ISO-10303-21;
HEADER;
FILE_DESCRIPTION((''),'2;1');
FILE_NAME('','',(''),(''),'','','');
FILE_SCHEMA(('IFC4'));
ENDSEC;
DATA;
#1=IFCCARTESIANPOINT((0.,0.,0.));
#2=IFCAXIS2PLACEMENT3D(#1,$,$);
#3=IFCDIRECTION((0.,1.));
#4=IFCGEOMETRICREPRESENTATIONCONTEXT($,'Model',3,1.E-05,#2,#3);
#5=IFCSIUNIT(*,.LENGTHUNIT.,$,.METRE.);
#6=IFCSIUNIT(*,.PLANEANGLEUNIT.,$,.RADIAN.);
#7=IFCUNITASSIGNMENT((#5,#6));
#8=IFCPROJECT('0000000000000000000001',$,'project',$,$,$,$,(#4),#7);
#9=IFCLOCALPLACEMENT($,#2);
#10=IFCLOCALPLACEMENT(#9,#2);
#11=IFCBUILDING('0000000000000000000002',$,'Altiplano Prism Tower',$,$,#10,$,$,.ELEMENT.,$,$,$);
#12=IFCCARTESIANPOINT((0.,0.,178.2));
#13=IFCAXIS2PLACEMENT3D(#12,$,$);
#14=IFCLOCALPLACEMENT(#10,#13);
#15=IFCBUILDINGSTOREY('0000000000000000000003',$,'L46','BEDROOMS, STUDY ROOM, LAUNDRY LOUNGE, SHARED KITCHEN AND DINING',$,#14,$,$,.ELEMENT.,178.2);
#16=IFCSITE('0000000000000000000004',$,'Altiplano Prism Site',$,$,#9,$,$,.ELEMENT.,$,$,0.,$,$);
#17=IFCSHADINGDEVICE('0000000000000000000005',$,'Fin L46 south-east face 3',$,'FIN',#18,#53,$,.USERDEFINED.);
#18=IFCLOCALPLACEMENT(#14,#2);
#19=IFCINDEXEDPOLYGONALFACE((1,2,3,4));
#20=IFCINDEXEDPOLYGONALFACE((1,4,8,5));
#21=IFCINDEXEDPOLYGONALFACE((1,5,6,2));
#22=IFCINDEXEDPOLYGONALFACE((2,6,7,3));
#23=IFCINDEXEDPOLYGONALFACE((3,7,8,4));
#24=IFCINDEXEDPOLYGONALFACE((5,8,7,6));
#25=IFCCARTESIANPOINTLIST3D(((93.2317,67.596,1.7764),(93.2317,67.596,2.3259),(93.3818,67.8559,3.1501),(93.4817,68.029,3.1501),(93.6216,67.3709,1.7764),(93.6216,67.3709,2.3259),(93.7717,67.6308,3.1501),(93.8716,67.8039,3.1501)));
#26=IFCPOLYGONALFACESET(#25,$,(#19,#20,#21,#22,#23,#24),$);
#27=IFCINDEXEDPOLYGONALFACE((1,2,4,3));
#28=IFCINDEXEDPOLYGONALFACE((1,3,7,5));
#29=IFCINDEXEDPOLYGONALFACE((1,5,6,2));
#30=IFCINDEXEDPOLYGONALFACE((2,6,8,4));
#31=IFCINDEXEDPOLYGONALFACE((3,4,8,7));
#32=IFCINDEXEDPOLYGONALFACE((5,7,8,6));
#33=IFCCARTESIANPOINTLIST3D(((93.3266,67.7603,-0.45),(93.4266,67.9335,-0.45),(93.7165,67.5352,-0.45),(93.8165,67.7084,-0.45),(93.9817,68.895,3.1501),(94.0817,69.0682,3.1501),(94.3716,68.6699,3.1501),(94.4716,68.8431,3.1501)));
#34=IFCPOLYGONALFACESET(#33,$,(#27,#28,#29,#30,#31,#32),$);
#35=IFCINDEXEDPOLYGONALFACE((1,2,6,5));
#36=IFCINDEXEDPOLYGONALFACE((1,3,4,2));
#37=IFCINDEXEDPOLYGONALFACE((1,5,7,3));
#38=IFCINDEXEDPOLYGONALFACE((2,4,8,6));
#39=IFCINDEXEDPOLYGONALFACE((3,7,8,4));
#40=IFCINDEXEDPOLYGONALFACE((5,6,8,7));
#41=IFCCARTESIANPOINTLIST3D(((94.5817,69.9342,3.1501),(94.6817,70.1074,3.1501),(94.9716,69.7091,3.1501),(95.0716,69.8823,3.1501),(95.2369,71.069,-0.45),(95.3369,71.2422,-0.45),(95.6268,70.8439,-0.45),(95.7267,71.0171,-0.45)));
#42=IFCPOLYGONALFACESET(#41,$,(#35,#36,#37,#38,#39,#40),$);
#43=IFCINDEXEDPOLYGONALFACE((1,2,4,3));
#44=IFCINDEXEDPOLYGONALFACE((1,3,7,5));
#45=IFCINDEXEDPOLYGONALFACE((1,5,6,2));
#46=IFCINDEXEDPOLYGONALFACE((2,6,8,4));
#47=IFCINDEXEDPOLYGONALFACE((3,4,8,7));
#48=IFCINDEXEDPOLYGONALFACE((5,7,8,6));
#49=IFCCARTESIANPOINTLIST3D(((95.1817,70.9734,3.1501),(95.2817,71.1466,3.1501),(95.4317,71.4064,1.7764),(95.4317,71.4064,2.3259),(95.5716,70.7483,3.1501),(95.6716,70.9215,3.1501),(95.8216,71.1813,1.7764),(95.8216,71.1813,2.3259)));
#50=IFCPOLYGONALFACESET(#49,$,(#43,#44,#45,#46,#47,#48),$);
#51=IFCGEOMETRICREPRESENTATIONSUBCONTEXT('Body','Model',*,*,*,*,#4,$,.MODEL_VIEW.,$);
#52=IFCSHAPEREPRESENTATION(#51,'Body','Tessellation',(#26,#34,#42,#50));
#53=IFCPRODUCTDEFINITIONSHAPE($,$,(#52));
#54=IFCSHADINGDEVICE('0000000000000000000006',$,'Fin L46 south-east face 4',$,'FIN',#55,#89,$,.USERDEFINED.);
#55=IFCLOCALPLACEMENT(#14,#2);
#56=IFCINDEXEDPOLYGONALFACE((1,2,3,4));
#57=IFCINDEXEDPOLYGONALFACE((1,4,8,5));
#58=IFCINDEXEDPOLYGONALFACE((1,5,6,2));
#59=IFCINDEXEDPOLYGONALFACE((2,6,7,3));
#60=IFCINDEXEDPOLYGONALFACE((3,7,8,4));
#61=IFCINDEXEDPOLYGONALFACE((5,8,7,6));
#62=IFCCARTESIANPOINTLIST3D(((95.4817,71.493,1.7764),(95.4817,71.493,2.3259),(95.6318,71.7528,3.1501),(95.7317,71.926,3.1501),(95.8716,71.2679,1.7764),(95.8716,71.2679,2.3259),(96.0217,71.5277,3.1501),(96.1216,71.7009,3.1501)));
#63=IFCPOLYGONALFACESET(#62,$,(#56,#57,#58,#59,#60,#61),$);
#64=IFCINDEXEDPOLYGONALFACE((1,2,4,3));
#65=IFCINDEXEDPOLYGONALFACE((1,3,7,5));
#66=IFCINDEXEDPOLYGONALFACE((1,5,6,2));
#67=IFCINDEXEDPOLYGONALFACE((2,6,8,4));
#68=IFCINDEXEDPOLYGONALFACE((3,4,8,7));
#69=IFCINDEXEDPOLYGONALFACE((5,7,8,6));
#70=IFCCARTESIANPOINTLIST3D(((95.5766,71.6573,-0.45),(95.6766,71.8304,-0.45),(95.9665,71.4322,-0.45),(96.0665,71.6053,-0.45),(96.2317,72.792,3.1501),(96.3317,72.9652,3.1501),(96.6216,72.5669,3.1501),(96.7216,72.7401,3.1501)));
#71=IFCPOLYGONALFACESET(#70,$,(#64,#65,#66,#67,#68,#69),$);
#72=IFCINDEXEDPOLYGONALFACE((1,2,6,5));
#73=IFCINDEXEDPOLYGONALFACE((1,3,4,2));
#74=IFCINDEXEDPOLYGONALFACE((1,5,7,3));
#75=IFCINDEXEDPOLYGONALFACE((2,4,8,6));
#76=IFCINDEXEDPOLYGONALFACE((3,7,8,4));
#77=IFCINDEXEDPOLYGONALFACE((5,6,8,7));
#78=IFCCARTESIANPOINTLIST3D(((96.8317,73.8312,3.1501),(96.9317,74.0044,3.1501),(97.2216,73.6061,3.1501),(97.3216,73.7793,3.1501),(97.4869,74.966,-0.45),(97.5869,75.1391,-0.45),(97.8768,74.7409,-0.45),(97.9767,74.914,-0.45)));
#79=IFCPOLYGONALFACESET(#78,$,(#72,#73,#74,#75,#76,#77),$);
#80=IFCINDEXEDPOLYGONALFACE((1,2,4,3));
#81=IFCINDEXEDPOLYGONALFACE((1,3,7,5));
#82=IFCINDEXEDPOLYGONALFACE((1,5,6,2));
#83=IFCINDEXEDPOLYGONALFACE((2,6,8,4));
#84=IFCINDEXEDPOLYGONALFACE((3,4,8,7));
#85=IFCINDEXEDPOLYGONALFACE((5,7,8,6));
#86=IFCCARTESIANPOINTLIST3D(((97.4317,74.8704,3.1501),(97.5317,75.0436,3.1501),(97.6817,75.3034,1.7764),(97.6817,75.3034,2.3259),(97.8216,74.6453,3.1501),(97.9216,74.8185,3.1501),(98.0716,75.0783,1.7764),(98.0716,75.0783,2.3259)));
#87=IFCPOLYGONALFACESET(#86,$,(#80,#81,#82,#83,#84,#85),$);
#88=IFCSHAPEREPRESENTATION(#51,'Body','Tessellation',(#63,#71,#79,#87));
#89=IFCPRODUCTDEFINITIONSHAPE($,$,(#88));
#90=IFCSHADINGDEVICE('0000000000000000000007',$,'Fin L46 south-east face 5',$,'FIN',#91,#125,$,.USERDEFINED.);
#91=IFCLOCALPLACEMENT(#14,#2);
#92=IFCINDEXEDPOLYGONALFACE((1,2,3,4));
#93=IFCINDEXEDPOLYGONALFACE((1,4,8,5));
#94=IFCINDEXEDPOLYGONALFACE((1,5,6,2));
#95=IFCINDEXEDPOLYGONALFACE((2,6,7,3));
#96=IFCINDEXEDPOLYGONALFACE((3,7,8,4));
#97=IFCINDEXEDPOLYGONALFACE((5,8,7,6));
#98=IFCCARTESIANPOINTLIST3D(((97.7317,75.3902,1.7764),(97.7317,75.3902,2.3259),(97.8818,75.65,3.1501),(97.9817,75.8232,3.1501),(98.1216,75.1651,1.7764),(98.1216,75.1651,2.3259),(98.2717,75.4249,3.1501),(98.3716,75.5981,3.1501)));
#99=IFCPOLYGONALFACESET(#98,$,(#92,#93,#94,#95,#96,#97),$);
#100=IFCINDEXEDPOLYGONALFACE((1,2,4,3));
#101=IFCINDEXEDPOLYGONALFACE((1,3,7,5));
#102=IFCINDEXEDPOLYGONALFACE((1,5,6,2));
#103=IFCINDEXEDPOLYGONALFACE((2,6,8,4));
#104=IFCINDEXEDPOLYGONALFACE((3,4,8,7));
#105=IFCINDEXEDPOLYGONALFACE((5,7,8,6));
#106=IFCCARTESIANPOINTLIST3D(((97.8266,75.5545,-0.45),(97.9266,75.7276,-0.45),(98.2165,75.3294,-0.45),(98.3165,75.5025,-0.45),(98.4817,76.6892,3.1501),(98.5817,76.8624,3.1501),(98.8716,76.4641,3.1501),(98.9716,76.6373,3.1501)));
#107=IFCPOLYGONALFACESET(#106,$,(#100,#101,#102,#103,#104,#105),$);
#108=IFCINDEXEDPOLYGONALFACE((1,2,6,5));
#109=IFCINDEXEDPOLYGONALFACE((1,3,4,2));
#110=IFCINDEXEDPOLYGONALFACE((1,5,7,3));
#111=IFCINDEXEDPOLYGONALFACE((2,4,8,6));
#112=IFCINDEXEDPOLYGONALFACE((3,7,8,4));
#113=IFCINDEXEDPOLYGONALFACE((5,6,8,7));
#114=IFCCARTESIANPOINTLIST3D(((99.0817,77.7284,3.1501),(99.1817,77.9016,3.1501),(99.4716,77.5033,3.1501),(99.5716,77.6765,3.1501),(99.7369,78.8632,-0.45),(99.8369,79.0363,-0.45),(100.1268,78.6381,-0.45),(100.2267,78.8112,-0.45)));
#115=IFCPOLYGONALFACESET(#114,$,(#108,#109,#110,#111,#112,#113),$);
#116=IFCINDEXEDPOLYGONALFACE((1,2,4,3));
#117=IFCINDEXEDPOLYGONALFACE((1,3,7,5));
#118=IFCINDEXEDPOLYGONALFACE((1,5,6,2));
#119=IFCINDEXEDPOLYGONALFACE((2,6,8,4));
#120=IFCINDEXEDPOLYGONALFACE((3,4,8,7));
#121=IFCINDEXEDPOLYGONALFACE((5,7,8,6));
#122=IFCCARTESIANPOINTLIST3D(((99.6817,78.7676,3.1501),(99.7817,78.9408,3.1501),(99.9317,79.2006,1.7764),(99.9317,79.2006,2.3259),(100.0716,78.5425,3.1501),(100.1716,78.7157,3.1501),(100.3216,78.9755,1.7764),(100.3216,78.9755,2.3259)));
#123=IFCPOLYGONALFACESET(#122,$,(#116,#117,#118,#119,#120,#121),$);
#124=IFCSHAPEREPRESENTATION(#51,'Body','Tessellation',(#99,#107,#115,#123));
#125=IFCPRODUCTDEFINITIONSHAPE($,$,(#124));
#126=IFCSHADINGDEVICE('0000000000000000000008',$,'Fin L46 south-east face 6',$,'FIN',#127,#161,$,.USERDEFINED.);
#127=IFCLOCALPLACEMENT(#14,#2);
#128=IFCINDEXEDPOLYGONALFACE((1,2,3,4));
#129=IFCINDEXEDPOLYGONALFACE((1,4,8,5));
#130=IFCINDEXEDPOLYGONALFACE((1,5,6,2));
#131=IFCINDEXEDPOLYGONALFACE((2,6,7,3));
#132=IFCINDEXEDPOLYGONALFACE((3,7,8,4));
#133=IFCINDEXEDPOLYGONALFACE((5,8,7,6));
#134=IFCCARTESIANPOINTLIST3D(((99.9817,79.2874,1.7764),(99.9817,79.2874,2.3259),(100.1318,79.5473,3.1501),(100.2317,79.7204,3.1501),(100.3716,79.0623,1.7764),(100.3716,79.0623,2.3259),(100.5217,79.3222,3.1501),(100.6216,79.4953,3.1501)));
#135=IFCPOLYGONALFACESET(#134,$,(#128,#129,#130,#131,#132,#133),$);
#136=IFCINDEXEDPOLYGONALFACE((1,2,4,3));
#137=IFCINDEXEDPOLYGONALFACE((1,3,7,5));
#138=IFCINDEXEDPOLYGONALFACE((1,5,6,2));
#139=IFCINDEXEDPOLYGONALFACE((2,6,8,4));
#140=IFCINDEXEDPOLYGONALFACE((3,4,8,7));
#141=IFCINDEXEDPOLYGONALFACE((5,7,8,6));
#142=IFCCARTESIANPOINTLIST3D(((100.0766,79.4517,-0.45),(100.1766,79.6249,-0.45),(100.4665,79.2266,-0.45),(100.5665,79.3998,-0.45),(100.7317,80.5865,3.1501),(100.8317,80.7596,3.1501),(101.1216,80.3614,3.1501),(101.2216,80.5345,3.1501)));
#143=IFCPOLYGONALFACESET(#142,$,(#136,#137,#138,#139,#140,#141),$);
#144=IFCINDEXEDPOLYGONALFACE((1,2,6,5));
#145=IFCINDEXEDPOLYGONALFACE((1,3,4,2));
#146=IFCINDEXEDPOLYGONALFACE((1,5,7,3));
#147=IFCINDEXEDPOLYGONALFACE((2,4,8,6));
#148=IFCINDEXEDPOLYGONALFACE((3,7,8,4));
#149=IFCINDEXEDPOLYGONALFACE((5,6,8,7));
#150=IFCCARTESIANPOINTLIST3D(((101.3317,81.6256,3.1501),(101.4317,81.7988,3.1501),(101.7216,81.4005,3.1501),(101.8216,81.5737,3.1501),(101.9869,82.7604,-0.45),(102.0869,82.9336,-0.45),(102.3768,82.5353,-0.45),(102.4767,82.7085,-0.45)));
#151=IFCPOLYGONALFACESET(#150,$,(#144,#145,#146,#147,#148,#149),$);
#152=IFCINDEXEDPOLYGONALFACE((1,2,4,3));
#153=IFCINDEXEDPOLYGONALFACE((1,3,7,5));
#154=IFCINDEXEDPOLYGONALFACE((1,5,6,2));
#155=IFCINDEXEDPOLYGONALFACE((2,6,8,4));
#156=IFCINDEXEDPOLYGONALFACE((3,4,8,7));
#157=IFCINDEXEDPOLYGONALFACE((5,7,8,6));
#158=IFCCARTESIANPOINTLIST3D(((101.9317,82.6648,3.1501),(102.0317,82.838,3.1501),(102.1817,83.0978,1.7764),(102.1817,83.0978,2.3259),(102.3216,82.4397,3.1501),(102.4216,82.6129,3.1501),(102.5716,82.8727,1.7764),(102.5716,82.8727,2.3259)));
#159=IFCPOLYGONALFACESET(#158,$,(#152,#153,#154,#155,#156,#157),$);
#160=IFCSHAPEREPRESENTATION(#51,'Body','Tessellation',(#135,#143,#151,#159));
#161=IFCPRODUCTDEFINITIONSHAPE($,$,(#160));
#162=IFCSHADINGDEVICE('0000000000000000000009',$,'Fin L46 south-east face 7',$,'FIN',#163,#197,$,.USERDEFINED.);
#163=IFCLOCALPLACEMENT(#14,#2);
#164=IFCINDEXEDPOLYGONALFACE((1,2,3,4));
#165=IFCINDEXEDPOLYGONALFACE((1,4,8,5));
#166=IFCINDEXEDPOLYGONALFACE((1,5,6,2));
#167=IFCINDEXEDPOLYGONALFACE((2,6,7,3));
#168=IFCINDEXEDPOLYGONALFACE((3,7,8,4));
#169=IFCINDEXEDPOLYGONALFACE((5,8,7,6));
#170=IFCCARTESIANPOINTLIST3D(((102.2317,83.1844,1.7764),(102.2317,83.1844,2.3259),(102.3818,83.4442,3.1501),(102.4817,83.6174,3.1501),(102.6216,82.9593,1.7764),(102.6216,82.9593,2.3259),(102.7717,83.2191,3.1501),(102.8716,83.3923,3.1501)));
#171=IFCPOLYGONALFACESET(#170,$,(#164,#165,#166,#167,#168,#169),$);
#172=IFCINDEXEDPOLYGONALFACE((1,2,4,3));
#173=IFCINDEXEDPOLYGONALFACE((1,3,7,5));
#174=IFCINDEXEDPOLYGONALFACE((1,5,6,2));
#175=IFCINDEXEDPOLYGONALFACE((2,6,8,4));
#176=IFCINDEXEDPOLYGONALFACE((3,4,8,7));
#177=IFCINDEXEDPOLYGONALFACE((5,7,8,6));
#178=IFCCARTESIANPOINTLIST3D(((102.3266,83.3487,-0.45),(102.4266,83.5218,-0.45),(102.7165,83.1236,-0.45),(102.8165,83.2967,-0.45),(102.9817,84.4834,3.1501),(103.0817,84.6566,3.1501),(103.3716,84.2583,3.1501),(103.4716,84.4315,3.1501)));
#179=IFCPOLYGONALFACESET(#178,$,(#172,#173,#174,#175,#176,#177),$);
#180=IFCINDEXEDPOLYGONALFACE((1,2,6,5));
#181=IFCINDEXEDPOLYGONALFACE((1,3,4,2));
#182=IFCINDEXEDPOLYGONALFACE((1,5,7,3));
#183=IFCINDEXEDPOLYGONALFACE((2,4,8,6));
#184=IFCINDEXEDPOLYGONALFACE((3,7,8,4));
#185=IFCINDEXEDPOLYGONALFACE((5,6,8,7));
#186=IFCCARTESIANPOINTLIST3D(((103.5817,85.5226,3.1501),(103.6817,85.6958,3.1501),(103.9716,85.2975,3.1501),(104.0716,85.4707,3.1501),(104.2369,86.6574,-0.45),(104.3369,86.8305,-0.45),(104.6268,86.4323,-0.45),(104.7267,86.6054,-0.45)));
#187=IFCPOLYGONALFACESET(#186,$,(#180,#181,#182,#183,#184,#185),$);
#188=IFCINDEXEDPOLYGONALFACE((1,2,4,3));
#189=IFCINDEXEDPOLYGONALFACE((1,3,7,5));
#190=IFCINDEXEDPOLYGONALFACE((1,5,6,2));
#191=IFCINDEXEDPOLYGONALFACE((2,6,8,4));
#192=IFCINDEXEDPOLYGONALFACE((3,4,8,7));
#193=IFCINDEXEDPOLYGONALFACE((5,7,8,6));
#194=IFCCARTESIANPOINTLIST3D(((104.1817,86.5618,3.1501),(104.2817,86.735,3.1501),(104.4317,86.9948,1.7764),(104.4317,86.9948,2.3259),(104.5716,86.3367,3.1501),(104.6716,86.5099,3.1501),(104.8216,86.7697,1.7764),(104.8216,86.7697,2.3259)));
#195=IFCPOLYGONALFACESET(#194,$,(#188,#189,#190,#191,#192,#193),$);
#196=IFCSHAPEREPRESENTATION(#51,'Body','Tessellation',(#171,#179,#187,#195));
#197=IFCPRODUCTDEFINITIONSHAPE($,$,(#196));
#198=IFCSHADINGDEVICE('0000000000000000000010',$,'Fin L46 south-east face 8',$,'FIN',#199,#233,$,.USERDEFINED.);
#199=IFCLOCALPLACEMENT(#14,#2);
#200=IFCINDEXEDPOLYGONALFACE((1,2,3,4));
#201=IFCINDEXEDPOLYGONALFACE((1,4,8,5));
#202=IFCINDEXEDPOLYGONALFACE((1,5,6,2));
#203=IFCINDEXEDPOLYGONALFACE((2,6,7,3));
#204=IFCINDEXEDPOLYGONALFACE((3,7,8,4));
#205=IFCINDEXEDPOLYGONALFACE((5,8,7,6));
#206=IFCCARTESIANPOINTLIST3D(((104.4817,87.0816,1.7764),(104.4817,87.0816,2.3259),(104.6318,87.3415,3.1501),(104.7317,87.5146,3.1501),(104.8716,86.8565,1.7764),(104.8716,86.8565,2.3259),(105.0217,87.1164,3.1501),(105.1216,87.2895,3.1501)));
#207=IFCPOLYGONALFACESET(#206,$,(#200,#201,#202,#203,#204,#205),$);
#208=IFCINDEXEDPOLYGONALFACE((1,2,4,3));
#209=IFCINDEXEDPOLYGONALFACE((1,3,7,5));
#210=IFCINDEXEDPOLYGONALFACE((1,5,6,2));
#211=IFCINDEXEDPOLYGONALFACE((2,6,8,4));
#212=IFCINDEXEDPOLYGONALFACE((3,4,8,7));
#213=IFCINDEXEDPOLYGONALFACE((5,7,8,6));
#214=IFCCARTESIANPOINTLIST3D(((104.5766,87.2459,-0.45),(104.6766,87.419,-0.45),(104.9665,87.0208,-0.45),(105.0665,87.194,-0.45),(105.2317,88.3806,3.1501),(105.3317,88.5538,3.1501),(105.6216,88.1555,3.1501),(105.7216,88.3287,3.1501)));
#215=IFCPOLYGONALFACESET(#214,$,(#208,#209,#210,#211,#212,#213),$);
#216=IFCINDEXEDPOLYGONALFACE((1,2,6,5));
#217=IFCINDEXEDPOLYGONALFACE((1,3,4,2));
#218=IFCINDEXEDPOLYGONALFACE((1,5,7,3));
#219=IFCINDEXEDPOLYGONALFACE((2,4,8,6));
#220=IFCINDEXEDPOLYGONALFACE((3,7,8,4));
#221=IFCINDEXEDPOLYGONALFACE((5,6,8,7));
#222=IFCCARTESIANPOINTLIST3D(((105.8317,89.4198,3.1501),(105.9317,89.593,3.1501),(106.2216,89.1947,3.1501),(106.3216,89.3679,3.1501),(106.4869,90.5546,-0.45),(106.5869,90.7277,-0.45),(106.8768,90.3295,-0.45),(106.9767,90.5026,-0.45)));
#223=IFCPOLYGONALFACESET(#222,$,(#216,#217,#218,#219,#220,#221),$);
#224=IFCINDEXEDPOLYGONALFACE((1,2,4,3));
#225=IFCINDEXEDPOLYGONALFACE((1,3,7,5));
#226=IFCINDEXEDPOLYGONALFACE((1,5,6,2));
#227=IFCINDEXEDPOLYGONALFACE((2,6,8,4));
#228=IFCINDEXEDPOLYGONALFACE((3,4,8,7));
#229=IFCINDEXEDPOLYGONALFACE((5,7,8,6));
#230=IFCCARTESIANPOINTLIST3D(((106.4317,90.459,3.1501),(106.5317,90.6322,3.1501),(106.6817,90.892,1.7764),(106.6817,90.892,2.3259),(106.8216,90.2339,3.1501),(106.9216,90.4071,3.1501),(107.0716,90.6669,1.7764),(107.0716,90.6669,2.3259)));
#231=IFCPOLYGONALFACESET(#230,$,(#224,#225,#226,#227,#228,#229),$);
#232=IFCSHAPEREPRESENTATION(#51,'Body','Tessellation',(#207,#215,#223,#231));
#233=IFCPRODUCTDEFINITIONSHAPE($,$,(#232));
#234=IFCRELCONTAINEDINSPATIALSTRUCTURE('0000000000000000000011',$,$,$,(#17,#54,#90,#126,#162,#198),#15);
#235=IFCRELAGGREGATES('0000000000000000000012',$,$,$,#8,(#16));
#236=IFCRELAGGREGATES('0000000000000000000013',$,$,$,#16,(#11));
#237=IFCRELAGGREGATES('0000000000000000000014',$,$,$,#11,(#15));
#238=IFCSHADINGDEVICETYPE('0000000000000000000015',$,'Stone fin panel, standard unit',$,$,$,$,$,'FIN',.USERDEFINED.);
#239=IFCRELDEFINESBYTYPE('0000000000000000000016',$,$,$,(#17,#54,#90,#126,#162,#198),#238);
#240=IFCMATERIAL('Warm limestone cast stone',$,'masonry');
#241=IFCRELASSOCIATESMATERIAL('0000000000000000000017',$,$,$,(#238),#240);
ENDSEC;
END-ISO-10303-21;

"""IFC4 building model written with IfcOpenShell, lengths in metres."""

from ifc_helpers import new_model, si_unit, direction, frame, origin, place, context, subcontext, project, spatial, polyline, outline, extrude, source, transform, mapped, material, type_object, element, save


model = new_model("IFC4")

# Units and contexts
model_context = context("Model", 3, precision=1e-05, world=origin(), true_north=direction((0.0, 1.0)))
body_context = subcontext(model_context, "Body", "Model", "MODEL_VIEW")
ifc_project = project(units=[si_unit("LENGTHUNIT", "METRE"), si_unit("PLANEANGLEUNIT", "RADIAN")], contexts=[model_context])

# Site, building, storey
site_placement = place(None, origin())
site = spatial("IfcSite", under=ifc_project, at=site_placement, Name="Altiplano Prism Site", CompositionType="ELEMENT", RefElevation=0.0)
building_placement = place(site_placement, origin())
building = spatial("IfcBuilding", under=site, at=building_placement, Name="Altiplano Prism Tower", CompositionType="ELEMENT")
storey_placement = place(building_placement, frame((0.0, 0.0, 178.2)))
storey = spatial("IfcBuildingStorey", under=building, at=storey_placement, Name="L46", Description="BEDROOMS, STUDY ROOM, LAUNDRY LOUNGE, SHARED KITCHEN AND DINING", CompositionType="ELEMENT", Elevation=178.2)

# Shading devices
ifc_material_1 = material(Name="Warm limestone cast stone", Category="masonry")
shading_device_type_1 = type_object("IfcShadingDeviceType", Name="Stone fin panel, standard unit", ElementType="FIN", PredefinedType="USERDEFINED", material=ifc_material_1)
shared_shape_1 = source(origin(), body_context, "Body", "SweptSolid", [
    extrude(outline(polyline([(-2.2, 2.2263), (-1.7, 3.6001), (-1.8999, 3.6001), (-2.2, 2.7759), (-2.2, 2.2263)])), frame((0.0, -0.1499, 0.0), z_axis=(0.0, -1.0, 0.0), x_axis=(1.0, 0.0, 0.0)), (0.0, 0.0, 1.0), 0.4502),
    extrude(outline(polyline([(-2.0103, 0.0), (-1.8103, 0.0), (-0.5, 3.6001), (-0.7, 3.6001), (-2.0103, 0.0)])), frame((0.0, -0.1499, 0.0), z_axis=(0.0, -1.0, 0.0), x_axis=(1.0, 0.0, 0.0)), (0.0, 0.0, 1.0), 0.4502),
    extrude(outline(polyline([(1.8103, 0.0), (2.0103, 0.0), (0.7, 3.6001), (0.5, 3.6001), (1.8103, 0.0)])), frame((0.0, -0.1499, 0.0), z_axis=(0.0, -1.0, 0.0), x_axis=(1.0, 0.0, 0.0)), (0.0, 0.0, 1.0), 0.4502),
    extrude(outline(polyline([(2.2, 2.7759), (1.8999, 3.6001), (1.7, 3.6001), (2.2, 2.2263), (2.2, 2.7759)])), frame((0.0, -0.1499, 0.0), z_axis=(0.0, -1.0, 0.0), x_axis=(1.0, 0.0, 0.0)), (0.0, 0.0, 1.0), 0.4502),
])
shading_device_1_placement = place(storey_placement, origin())
element("IfcShadingDevice", 1, at=shading_device_1_placement, inside=storey, type_object=shading_device_type_1, Name="Fin L46 south-east face 3", ObjectType="FIN", PredefinedType="USERDEFINED", context=body_context, shape_type="MappedRepresentation", body=[
    mapped(shared_shape_1, transform((94.2019, 69.5762, -0.45), x_axis=(0.5, 0.866025, 0.0), y_axis=(-0.866025, 0.5, 0.0), z_axis=(0.0, 0.0, 1.0))),
])
shading_device_2_placement = place(storey_placement, origin())
element("IfcShadingDevice", 2, at=shading_device_2_placement, inside=storey, type_object=shading_device_type_1, Name="Fin L46 south-east face 4", ObjectType="FIN", PredefinedType="USERDEFINED", context=body_context, shape_type="MappedRepresentation", body=[
    mapped(shared_shape_1, transform((96.4519, 73.4731, -0.45), x_axis=(0.5, 0.866025, 0.0), y_axis=(-0.866025, 0.5, 0.0), z_axis=(0.0, 0.0, 1.0))),
])
shading_device_3_placement = place(storey_placement, origin())
element("IfcShadingDevice", 3, at=shading_device_3_placement, inside=storey, type_object=shading_device_type_1, Name="Fin L46 south-east face 5", ObjectType="FIN", PredefinedType="USERDEFINED", context=body_context, shape_type="MappedRepresentation", body=[
    mapped(shared_shape_1, transform((98.7019, 77.3704, -0.45), x_axis=(0.5, 0.866025, 0.0), y_axis=(-0.866025, 0.5, 0.0), z_axis=(0.0, 0.0, 1.0))),
])
shading_device_4_placement = place(storey_placement, origin())
element("IfcShadingDevice", 4, at=shading_device_4_placement, inside=storey, type_object=shading_device_type_1, Name="Fin L46 south-east face 6", ObjectType="FIN", PredefinedType="USERDEFINED", context=body_context, shape_type="MappedRepresentation", body=[
    mapped(shared_shape_1, transform((100.9519, 81.2676, -0.45), x_axis=(0.5, 0.866025, 0.0), y_axis=(-0.866025, 0.5, 0.0), z_axis=(0.0, 0.0, 1.0))),
])
shading_device_5_placement = place(storey_placement, origin())
element("IfcShadingDevice", 5, at=shading_device_5_placement, inside=storey, type_object=shading_device_type_1, Name="Fin L46 south-east face 7", ObjectType="FIN", PredefinedType="USERDEFINED", context=body_context, shape_type="MappedRepresentation", body=[
    mapped(shared_shape_1, transform((103.2019, 85.1646, -0.45), x_axis=(0.5, 0.866025, 0.0), y_axis=(-0.866025, 0.5, 0.0), z_axis=(0.0, 0.0, 1.0))),
])
shading_device_6_placement = place(storey_placement, origin())
element("IfcShadingDevice", 6, at=shading_device_6_placement, inside=storey, type_object=shading_device_type_1, Name="Fin L46 south-east face 8", ObjectType="FIN", PredefinedType="USERDEFINED", context=body_context, shape_type="MappedRepresentation", body=[
    mapped(shared_shape_1, transform((105.4519, 89.0618, -0.45), x_axis=(0.5, 0.866025, 0.0), y_axis=(-0.866025, 0.5, 0.0), z_axis=(0.0, 0.0, 1.0))),
])

save(model, "model.ifc")
